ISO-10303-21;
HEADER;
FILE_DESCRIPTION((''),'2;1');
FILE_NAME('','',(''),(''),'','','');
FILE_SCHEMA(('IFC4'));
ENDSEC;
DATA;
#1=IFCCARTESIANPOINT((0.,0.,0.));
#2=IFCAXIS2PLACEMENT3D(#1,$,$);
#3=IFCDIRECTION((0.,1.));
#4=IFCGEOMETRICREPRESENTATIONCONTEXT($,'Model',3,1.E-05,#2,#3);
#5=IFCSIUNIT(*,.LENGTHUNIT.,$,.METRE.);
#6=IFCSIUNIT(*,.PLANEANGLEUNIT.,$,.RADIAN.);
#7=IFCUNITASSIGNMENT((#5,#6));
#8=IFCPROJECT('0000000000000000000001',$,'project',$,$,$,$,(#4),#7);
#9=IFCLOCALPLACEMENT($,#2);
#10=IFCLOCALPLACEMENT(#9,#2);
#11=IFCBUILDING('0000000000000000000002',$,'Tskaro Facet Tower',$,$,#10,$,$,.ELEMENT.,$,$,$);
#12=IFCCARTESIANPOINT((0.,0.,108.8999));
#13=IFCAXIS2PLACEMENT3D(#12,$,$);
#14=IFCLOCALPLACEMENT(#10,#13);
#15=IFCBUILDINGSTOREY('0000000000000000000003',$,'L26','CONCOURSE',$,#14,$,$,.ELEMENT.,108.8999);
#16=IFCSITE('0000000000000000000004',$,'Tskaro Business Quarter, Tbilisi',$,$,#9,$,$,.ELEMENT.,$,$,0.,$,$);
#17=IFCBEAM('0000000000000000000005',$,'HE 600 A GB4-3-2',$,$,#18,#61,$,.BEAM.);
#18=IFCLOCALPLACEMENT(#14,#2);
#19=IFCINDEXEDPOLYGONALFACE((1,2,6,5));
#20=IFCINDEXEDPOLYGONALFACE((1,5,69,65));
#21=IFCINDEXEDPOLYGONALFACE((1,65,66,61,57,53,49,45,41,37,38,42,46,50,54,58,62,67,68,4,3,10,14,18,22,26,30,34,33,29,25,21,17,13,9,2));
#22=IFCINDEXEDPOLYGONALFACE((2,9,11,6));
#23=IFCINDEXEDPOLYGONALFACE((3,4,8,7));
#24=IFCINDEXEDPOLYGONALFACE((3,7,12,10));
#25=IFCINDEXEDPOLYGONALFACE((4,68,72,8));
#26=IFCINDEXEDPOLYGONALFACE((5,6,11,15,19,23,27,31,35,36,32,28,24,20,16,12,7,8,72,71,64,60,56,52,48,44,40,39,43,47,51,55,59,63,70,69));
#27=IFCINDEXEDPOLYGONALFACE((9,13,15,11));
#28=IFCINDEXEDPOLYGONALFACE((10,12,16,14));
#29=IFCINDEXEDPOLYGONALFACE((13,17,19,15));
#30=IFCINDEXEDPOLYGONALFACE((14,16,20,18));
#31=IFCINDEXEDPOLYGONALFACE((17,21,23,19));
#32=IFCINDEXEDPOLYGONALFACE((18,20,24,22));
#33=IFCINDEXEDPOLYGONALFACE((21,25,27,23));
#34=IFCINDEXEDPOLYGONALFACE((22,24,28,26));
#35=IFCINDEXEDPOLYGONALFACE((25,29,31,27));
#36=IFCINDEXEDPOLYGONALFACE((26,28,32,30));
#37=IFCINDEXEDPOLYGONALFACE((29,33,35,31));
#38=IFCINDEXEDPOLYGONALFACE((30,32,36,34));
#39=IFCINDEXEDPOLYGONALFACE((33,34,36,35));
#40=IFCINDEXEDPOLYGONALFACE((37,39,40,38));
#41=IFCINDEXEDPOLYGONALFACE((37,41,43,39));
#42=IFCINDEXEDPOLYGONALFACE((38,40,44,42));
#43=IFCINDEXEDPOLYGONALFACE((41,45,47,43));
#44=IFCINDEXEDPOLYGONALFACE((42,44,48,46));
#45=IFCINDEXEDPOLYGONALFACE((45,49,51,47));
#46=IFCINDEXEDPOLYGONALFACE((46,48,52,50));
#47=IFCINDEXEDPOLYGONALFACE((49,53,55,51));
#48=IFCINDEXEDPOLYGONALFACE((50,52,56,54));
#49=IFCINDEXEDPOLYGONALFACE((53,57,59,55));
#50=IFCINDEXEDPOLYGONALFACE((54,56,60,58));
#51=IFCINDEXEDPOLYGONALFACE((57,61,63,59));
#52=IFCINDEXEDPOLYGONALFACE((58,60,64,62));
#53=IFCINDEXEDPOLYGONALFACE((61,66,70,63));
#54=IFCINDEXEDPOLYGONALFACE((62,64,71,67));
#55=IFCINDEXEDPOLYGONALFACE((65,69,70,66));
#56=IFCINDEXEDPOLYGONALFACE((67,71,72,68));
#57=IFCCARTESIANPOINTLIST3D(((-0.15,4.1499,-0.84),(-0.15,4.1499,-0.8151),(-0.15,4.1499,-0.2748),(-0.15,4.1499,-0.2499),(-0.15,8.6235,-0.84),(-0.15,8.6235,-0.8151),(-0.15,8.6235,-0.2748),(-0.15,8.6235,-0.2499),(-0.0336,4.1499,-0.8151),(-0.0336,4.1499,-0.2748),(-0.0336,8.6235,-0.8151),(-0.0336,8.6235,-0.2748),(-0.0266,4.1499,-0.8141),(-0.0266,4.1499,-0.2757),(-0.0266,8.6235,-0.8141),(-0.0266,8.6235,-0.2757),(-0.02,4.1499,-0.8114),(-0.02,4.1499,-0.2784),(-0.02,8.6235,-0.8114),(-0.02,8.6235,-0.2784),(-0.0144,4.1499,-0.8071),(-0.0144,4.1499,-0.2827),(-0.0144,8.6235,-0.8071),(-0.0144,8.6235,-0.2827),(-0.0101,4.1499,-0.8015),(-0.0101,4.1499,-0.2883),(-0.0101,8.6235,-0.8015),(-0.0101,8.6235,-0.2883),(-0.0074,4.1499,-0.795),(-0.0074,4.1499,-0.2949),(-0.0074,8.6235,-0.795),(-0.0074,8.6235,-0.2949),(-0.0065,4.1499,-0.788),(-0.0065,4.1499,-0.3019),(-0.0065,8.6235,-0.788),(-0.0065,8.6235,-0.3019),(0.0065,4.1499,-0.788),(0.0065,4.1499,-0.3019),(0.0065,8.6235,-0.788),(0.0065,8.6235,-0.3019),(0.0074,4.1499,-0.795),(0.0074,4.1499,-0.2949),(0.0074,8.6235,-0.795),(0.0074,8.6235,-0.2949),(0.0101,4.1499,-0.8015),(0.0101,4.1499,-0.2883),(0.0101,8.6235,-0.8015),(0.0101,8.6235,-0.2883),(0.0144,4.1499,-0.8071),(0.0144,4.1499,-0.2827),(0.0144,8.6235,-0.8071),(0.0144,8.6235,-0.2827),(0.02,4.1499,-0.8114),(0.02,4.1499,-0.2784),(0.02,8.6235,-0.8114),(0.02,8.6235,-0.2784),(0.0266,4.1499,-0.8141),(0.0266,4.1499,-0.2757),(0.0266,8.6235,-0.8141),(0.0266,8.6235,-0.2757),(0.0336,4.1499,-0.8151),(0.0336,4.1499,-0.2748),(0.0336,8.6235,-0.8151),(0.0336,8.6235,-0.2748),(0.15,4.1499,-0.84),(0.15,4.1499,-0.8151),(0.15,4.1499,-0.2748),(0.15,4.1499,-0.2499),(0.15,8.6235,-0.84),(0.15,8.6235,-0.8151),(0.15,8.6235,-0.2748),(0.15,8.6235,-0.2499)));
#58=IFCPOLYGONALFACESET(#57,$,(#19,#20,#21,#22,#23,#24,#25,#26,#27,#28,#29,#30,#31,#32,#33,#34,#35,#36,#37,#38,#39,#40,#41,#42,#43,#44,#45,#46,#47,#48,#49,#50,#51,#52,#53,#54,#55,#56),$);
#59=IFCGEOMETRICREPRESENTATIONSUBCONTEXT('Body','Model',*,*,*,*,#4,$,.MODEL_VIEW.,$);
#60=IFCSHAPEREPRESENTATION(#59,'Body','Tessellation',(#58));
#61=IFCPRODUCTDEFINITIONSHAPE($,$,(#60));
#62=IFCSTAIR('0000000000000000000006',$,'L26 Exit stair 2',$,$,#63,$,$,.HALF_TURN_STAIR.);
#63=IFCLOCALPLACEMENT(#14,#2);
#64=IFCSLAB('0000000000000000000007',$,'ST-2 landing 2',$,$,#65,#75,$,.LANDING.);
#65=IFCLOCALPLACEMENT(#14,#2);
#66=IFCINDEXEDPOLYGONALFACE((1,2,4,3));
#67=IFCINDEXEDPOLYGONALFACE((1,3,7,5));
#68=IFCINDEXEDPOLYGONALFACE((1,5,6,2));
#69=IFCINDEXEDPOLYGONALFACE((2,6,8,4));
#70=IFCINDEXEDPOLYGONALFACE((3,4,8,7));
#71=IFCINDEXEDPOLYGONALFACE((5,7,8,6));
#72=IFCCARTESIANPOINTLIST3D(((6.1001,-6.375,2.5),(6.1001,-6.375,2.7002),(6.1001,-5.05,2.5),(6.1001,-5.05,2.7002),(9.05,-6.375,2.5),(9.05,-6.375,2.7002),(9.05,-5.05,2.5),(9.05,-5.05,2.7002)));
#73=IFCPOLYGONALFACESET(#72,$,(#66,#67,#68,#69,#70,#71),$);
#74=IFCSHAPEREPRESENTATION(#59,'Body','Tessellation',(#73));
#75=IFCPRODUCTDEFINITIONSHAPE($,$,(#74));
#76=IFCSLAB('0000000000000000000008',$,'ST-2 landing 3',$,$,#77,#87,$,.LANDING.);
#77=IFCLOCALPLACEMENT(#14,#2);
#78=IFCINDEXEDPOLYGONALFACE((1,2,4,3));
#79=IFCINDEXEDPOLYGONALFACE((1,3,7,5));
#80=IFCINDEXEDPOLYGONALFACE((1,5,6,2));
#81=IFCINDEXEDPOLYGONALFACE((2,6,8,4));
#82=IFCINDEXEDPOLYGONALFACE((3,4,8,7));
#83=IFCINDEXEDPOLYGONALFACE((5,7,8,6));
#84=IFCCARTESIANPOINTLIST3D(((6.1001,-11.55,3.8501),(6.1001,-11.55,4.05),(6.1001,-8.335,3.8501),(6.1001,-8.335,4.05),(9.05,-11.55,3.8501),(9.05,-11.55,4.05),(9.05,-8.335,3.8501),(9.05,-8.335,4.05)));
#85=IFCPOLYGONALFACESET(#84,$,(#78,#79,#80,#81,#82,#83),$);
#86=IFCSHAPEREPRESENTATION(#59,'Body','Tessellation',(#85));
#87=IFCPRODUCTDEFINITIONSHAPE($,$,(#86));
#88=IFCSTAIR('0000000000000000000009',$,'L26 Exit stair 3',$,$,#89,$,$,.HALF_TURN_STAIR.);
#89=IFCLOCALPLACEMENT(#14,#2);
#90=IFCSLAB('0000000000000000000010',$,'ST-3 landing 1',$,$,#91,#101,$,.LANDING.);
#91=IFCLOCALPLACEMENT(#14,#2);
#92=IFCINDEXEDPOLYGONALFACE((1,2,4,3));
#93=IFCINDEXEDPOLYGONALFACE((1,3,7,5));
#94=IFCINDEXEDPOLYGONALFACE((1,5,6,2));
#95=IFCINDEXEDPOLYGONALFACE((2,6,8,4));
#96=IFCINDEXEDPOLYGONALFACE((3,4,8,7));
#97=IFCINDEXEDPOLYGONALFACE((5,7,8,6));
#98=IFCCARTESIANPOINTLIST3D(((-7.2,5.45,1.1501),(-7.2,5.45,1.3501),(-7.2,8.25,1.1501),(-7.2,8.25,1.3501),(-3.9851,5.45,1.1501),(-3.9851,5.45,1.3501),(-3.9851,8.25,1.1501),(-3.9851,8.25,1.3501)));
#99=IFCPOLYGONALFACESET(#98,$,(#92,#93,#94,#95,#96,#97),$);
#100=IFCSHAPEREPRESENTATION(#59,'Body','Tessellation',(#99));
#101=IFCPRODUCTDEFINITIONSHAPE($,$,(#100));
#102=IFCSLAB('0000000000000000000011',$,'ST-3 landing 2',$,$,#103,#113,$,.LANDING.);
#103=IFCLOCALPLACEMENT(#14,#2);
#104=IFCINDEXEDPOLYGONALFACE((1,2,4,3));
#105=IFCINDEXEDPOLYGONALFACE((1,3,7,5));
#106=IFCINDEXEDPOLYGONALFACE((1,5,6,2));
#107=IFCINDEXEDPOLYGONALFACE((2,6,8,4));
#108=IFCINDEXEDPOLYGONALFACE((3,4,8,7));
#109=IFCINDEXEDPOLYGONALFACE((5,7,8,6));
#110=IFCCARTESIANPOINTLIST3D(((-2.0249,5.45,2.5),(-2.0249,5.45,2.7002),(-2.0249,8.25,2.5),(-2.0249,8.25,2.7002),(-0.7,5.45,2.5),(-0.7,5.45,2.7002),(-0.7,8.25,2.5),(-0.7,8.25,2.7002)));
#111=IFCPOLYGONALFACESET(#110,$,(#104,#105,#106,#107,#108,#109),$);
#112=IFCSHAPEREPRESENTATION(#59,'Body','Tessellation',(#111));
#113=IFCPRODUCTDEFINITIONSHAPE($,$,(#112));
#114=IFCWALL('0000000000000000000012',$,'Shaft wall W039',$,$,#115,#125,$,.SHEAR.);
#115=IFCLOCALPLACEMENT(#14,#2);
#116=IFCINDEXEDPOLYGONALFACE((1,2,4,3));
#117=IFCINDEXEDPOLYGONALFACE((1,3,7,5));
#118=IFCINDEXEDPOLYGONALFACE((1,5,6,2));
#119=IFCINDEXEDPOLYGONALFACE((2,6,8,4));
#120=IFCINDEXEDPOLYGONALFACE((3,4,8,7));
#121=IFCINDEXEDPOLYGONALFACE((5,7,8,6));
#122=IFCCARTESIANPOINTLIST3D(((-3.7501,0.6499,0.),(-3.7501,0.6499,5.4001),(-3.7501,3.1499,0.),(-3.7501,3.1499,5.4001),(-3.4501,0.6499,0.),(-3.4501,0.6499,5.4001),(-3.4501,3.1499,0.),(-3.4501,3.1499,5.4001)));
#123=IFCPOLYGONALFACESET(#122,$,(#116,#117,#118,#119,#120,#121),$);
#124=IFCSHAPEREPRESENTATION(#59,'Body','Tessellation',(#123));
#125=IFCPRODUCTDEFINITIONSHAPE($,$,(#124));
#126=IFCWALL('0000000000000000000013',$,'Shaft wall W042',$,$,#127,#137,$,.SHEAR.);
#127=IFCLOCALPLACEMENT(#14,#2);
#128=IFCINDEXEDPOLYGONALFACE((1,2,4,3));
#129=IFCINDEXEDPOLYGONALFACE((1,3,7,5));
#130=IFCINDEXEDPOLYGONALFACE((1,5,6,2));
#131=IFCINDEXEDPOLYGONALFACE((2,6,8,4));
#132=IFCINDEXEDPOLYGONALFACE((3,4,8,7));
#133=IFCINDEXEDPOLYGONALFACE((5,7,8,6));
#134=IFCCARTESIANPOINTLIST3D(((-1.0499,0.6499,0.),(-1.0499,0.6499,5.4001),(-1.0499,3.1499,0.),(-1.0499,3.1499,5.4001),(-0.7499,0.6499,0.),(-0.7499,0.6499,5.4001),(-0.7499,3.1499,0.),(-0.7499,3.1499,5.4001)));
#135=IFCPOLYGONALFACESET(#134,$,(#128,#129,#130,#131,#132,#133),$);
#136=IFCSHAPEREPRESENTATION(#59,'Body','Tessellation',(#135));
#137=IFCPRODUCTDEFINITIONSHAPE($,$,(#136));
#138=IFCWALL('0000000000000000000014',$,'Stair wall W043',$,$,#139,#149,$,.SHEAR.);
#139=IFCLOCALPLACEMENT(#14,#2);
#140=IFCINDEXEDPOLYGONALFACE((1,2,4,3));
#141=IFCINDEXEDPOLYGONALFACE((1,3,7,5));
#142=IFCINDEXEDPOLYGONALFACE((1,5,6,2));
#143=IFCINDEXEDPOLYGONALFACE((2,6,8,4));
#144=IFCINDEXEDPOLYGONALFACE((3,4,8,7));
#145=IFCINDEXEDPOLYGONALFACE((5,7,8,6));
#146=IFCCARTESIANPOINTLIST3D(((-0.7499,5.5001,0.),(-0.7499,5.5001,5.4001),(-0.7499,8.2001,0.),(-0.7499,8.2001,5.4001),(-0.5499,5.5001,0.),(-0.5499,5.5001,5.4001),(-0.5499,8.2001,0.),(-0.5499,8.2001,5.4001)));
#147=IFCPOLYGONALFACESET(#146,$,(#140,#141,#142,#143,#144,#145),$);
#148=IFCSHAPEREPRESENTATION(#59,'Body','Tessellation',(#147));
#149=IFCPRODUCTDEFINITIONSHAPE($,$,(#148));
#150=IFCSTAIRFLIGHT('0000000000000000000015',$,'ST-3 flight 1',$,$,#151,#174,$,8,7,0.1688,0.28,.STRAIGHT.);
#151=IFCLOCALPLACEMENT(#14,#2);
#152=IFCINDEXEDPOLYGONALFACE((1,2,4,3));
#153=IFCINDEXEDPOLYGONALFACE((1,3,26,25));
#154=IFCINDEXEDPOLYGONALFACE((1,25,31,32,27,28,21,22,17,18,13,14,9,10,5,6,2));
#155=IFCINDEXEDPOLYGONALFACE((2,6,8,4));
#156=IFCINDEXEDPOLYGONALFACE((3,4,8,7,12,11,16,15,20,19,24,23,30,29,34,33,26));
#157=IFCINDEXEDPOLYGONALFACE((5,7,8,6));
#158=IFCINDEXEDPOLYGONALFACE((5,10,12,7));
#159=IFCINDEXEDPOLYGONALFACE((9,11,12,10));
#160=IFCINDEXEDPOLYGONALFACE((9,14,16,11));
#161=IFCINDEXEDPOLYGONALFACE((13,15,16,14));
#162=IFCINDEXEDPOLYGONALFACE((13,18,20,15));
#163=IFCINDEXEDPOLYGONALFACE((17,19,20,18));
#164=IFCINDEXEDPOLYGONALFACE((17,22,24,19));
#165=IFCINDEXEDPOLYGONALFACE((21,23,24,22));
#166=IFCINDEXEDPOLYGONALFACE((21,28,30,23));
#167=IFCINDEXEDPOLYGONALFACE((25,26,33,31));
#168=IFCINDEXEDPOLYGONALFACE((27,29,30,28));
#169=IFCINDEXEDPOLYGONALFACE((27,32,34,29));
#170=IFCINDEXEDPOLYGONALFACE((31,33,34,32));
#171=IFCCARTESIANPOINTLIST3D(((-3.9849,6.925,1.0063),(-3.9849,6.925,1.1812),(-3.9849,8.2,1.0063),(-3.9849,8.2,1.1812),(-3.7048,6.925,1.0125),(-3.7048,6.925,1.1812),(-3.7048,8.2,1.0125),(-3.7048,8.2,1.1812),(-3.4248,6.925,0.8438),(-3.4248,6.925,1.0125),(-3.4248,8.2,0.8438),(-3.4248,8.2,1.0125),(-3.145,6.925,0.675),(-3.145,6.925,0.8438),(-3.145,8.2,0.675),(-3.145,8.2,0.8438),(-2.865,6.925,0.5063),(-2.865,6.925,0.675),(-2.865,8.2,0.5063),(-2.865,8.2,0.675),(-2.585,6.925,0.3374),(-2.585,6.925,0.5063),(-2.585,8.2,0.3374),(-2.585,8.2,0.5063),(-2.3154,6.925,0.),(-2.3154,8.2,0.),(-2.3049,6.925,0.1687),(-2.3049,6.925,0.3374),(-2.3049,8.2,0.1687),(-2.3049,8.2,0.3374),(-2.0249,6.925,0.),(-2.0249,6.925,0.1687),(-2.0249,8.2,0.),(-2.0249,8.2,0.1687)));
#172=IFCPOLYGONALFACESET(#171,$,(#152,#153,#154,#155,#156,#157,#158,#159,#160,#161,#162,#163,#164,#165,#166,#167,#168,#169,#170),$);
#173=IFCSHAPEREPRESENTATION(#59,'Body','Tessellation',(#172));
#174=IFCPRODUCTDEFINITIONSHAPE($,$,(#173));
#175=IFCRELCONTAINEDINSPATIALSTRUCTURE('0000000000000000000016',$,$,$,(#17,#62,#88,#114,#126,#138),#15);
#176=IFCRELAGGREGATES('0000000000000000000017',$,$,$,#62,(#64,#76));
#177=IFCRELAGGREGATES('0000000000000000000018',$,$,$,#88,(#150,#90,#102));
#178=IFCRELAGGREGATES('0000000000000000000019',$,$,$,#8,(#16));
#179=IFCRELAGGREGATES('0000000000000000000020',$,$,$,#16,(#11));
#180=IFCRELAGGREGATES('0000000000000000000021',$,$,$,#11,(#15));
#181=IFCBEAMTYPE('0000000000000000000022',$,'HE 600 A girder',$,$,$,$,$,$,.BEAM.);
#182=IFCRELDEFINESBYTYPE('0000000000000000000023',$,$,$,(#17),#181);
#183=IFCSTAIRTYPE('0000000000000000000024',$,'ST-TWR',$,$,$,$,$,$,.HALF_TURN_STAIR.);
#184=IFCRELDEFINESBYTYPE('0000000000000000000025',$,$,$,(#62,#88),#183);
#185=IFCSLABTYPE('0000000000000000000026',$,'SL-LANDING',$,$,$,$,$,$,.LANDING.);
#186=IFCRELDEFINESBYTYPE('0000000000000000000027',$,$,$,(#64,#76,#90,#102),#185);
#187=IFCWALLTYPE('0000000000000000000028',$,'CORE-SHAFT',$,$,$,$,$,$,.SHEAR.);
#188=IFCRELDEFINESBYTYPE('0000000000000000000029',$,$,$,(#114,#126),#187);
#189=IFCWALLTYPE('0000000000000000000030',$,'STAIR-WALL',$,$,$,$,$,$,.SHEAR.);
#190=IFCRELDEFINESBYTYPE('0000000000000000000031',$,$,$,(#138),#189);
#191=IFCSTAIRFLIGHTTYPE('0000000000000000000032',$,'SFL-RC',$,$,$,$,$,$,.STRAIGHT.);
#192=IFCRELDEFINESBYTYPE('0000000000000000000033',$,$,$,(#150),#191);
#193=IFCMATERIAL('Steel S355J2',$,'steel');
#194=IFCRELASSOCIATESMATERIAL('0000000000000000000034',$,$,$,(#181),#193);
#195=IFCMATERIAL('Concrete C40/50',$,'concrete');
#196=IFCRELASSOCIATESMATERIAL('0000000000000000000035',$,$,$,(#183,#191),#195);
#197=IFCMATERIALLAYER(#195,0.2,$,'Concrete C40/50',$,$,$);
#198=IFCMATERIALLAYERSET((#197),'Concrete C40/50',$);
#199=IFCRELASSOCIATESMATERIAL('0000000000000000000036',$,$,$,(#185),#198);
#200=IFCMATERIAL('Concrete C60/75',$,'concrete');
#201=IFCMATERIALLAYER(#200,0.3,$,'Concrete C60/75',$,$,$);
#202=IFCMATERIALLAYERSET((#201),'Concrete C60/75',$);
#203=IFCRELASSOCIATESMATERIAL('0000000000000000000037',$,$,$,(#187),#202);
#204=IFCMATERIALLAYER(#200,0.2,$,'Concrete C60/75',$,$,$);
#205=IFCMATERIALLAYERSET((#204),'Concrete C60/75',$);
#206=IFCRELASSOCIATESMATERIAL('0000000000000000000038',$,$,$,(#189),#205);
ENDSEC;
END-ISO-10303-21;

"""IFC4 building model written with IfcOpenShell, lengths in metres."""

from ifc_helpers import new_model, si_unit, direction, frame, frame_2d, origin, origin_2d, place, context, subcontext, project, spatial, polyline, rectangle, i_section, outline, extrude, material, layer, layer_set, material_profile, profile_set, type_object, element, aggregate, save


model = new_model("IFC4")

# Units and contexts
model_context = context("Model", 3, precision=1e-05, world=origin(), true_north=direction((0.0, 1.0)))
body_context = subcontext(model_context, "Body", "Model", "MODEL_VIEW")
ifc_project = project(units=[si_unit("LENGTHUNIT", "METRE"), si_unit("PLANEANGLEUNIT", "RADIAN")], contexts=[model_context])

# Site, building, storey
site_placement = place(None, origin())
site = spatial("IfcSite", under=ifc_project, at=site_placement, Name="Tskaro Business Quarter, Tbilisi", CompositionType="ELEMENT", RefElevation=0.0)
building_placement = place(site_placement, origin())
building = spatial("IfcBuilding", under=site, at=building_placement, Name="Tskaro Facet Tower", CompositionType="ELEMENT")
storey_placement = place(building_placement, frame((0.0, 0.0, 108.8999)))
storey = spatial("IfcBuildingStorey", under=building, at=storey_placement, Name="L26", Description="CONCOURSE", CompositionType="ELEMENT", Elevation=108.8999)

# Beam
ifc_material_1 = material(Name="Steel S355J2", Category="steel")
ifc_material_profile = material_profile(ifc_material_1, i_section(OverallWidth=0.3, OverallDepth=0.5901, WebThickness=0.0129, FlangeThickness=0.0249, FilletRadius=0.0271, at=origin_2d()), Name="HE 600 A")
ifc_profile_set = profile_set([ifc_material_profile], Name="Steel S355J2")
beam_type = type_object("IfcBeamType", Name="HE 600 A girder", PredefinedType="BEAM", material=ifc_profile_set)
beam_placement = place(storey_placement, frame((0.0, 4.1499, -0.5449), z_axis=(0.0, 1.0, 0.0), x_axis=(-1.0, 0.0, 0.0)))
element("IfcBeam", 1, at=beam_placement, inside=storey, type_object=beam_type, Name="HE 600 A GB4-3-2", PredefinedType="BEAM", context=body_context, shape_type="SweptSolid", body=[
    extrude(i_section(OverallWidth=0.3, OverallDepth=0.5901, WebThickness=0.0129, FlangeThickness=0.0249, FilletRadius=0.0271, at=origin_2d()), origin(), (0.0, 0.0, 1.0), 4.4736),
])

# Stairs, slabs
ifc_material_2 = material(Name="Concrete C40/50", Category="concrete")
stair_type = type_object("IfcStairType", Name="ST-TWR", PredefinedType="HALF_TURN_STAIR", material=ifc_material_2)
stair_1_placement = place(storey_placement, origin())
stair_1 = element("IfcStair", 2, at=stair_1_placement, inside=storey, type_object=stair_type, Name="L26 Exit stair 2", PredefinedType="HALF_TURN_STAIR")
ifc_layer_1 = layer(ifc_material_2, 0.2, Name="Concrete C40/50")
ifc_layer_set_1 = layer_set([ifc_layer_1], Name="Concrete C40/50")
slab_type = type_object("IfcSlabType", Name="SL-LANDING", PredefinedType="LANDING", material=ifc_layer_set_1)
slab_1_placement = place(storey_placement, frame((0.0, 0.0, 2.5)))
slab_1 = element("IfcSlab", 3, at=slab_1_placement, type_object=slab_type, Name="ST-2 landing 2", PredefinedType="LANDING", context=body_context, shape_type="SweptSolid", body=[
    extrude(outline(polyline([(6.1001, -6.375), (9.05, -6.375), (9.05, -5.05), (6.1001, -5.05), (6.1001, -6.375)])), origin(), (0.0, 0.0, 1.0), 0.2002),
])
slab_2_placement = place(storey_placement, frame((0.0, 0.0, 3.8501)))
slab_2 = element("IfcSlab", 4, at=slab_2_placement, type_object=slab_type, Name="ST-2 landing 3", PredefinedType="LANDING", context=body_context, shape_type="SweptSolid", body=[
    extrude(outline(polyline([(6.1001, -11.55), (9.05, -11.55), (9.05, -8.335), (6.1001, -8.335), (6.1001, -11.55)])), origin(), (0.0, 0.0, 1.0), 0.2),
])
aggregate(stair_1, [slab_1, slab_2])
stair_2_placement = place(storey_placement, origin())
stair_2 = element("IfcStair", 5, at=stair_2_placement, inside=storey, type_object=stair_type, Name="L26 Exit stair 3", PredefinedType="HALF_TURN_STAIR")
slab_3_placement = place(storey_placement, frame((0.0, 0.0, 1.1501)))
slab_3 = element("IfcSlab", 6, at=slab_3_placement, type_object=slab_type, Name="ST-3 landing 1", PredefinedType="LANDING", context=body_context, shape_type="SweptSolid", body=[
    extrude(outline(polyline([(-7.2, 5.45), (-3.9851, 5.45), (-3.9851, 8.25), (-7.2, 8.25), (-7.2, 5.45)])), origin(), (0.0, 0.0, 1.0), 0.2),
])
slab_4_placement = place(storey_placement, frame((0.0, 0.0, 2.5)))
slab_4 = element("IfcSlab", 7, at=slab_4_placement, type_object=slab_type, Name="ST-3 landing 2", PredefinedType="LANDING", context=body_context, shape_type="SweptSolid", body=[
    extrude(outline(polyline([(-2.0249, 5.45), (-0.7, 5.45), (-0.7, 8.25), (-2.0249, 8.25), (-2.0249, 5.45)])), origin(), (0.0, 0.0, 1.0), 0.2002),
])

# Walls
ifc_material_3 = material(Name="Concrete C60/75", Category="concrete")
ifc_layer_2 = layer(ifc_material_3, 0.3, Name="Concrete C60/75")
ifc_layer_set_2 = layer_set([ifc_layer_2], Name="Concrete C60/75")
wall_type_1 = type_object("IfcWallType", Name="CORE-SHAFT", PredefinedType="SHEAR", material=ifc_layer_set_2)
for number, where, z_axis, x_axis, name in (
    (8, (-3.6001, 0.6499, 0.0), (0.0, 0.0, 1.0), (0.0, 1.0, 0.0), "Shaft wall W039"),
    (9, (-0.8999, 0.6499, 0.0), (0.0, 0.0, 1.0), (0.0, 1.0, 0.0), "Shaft wall W042"),
):
    element("IfcWall", number, at=place(storey_placement, frame(where, z_axis=z_axis, x_axis=x_axis)), inside=storey, type_object=wall_type_1, Name=name, PredefinedType="SHEAR", context=body_context, shape_type="SweptSolid", body=[
        extrude(rectangle(XDim=2.5, YDim=0.3, at=frame_2d((1.25, 0.0))), origin(), (0.0, 0.0, 1.0), 5.4001),
    ])
ifc_layer_3 = layer(ifc_material_3, 0.2, Name="Concrete C60/75")
ifc_layer_set_3 = layer_set([ifc_layer_3], Name="Concrete C60/75")
wall_type_2 = type_object("IfcWallType", Name="STAIR-WALL", PredefinedType="SHEAR", material=ifc_layer_set_3)
wall_placement = place(storey_placement, frame((-0.6499, 5.5, 0.0), z_axis=(0.0, 0.0, 1.0), x_axis=(0.0, 1.0, 0.0)))
element("IfcWall", 10, at=wall_placement, inside=storey, type_object=wall_type_2, Name="Stair wall W043", PredefinedType="SHEAR", context=body_context, shape_type="SweptSolid", body=[
    extrude(rectangle(XDim=2.7, YDim=0.2, at=frame_2d((1.3501, 0.0))), origin(), (0.0, 0.0, 1.0), 5.4001),
])

# Stair flight
stair_flight_type = type_object("IfcStairFlightType", Name="SFL-RC", PredefinedType="STRAIGHT", material=ifc_material_2)
stair_flight_1_placement = place(storey_placement, frame((-2.0249, 7.5625, 0.0), z_axis=(0.0, 0.0, 1.0), x_axis=(-1.0, 0.0, 0.0)))
stair_flight_1 = element("IfcStairFlight", 11, at=stair_flight_1_placement, type_object=stair_flight_type, Name="ST-3 flight 1", NumberOfRisers=8, NumberOfTreads=7, PredefinedType="STRAIGHT", RiserHeight=0.1688, TreadLength=0.28, context=body_context, shape_type="SweptSolid", body=[
    extrude(outline(polyline([(0.0, 0.0), (0.0, 0.1687), (0.28, 0.1687), (0.28, 0.3374), (0.5601, 0.3374), (0.5601, 0.5063), (0.8401, 0.5063), (0.8401, 0.675), (1.1201, 0.675), (1.1201, 0.8438), (1.3999, 0.8438), (1.3999, 1.0125), (1.6799, 1.0125), (1.6799, 1.1812), (1.96, 1.1812), (1.96, 1.3501), (1.96, 1.0063), (0.2905, 0.0), (0.0, 0.0)])), frame((0.0, 0.6375, 0.0), z_axis=(0.0, -1.0, 0.0), x_axis=(1.0, 0.0, 0.0)), (0.0, 0.0, 1.0), 1.2749),
])
aggregate(stair_2, [stair_flight_1, slab_3, slab_4])

save(model, "model.ifc")
